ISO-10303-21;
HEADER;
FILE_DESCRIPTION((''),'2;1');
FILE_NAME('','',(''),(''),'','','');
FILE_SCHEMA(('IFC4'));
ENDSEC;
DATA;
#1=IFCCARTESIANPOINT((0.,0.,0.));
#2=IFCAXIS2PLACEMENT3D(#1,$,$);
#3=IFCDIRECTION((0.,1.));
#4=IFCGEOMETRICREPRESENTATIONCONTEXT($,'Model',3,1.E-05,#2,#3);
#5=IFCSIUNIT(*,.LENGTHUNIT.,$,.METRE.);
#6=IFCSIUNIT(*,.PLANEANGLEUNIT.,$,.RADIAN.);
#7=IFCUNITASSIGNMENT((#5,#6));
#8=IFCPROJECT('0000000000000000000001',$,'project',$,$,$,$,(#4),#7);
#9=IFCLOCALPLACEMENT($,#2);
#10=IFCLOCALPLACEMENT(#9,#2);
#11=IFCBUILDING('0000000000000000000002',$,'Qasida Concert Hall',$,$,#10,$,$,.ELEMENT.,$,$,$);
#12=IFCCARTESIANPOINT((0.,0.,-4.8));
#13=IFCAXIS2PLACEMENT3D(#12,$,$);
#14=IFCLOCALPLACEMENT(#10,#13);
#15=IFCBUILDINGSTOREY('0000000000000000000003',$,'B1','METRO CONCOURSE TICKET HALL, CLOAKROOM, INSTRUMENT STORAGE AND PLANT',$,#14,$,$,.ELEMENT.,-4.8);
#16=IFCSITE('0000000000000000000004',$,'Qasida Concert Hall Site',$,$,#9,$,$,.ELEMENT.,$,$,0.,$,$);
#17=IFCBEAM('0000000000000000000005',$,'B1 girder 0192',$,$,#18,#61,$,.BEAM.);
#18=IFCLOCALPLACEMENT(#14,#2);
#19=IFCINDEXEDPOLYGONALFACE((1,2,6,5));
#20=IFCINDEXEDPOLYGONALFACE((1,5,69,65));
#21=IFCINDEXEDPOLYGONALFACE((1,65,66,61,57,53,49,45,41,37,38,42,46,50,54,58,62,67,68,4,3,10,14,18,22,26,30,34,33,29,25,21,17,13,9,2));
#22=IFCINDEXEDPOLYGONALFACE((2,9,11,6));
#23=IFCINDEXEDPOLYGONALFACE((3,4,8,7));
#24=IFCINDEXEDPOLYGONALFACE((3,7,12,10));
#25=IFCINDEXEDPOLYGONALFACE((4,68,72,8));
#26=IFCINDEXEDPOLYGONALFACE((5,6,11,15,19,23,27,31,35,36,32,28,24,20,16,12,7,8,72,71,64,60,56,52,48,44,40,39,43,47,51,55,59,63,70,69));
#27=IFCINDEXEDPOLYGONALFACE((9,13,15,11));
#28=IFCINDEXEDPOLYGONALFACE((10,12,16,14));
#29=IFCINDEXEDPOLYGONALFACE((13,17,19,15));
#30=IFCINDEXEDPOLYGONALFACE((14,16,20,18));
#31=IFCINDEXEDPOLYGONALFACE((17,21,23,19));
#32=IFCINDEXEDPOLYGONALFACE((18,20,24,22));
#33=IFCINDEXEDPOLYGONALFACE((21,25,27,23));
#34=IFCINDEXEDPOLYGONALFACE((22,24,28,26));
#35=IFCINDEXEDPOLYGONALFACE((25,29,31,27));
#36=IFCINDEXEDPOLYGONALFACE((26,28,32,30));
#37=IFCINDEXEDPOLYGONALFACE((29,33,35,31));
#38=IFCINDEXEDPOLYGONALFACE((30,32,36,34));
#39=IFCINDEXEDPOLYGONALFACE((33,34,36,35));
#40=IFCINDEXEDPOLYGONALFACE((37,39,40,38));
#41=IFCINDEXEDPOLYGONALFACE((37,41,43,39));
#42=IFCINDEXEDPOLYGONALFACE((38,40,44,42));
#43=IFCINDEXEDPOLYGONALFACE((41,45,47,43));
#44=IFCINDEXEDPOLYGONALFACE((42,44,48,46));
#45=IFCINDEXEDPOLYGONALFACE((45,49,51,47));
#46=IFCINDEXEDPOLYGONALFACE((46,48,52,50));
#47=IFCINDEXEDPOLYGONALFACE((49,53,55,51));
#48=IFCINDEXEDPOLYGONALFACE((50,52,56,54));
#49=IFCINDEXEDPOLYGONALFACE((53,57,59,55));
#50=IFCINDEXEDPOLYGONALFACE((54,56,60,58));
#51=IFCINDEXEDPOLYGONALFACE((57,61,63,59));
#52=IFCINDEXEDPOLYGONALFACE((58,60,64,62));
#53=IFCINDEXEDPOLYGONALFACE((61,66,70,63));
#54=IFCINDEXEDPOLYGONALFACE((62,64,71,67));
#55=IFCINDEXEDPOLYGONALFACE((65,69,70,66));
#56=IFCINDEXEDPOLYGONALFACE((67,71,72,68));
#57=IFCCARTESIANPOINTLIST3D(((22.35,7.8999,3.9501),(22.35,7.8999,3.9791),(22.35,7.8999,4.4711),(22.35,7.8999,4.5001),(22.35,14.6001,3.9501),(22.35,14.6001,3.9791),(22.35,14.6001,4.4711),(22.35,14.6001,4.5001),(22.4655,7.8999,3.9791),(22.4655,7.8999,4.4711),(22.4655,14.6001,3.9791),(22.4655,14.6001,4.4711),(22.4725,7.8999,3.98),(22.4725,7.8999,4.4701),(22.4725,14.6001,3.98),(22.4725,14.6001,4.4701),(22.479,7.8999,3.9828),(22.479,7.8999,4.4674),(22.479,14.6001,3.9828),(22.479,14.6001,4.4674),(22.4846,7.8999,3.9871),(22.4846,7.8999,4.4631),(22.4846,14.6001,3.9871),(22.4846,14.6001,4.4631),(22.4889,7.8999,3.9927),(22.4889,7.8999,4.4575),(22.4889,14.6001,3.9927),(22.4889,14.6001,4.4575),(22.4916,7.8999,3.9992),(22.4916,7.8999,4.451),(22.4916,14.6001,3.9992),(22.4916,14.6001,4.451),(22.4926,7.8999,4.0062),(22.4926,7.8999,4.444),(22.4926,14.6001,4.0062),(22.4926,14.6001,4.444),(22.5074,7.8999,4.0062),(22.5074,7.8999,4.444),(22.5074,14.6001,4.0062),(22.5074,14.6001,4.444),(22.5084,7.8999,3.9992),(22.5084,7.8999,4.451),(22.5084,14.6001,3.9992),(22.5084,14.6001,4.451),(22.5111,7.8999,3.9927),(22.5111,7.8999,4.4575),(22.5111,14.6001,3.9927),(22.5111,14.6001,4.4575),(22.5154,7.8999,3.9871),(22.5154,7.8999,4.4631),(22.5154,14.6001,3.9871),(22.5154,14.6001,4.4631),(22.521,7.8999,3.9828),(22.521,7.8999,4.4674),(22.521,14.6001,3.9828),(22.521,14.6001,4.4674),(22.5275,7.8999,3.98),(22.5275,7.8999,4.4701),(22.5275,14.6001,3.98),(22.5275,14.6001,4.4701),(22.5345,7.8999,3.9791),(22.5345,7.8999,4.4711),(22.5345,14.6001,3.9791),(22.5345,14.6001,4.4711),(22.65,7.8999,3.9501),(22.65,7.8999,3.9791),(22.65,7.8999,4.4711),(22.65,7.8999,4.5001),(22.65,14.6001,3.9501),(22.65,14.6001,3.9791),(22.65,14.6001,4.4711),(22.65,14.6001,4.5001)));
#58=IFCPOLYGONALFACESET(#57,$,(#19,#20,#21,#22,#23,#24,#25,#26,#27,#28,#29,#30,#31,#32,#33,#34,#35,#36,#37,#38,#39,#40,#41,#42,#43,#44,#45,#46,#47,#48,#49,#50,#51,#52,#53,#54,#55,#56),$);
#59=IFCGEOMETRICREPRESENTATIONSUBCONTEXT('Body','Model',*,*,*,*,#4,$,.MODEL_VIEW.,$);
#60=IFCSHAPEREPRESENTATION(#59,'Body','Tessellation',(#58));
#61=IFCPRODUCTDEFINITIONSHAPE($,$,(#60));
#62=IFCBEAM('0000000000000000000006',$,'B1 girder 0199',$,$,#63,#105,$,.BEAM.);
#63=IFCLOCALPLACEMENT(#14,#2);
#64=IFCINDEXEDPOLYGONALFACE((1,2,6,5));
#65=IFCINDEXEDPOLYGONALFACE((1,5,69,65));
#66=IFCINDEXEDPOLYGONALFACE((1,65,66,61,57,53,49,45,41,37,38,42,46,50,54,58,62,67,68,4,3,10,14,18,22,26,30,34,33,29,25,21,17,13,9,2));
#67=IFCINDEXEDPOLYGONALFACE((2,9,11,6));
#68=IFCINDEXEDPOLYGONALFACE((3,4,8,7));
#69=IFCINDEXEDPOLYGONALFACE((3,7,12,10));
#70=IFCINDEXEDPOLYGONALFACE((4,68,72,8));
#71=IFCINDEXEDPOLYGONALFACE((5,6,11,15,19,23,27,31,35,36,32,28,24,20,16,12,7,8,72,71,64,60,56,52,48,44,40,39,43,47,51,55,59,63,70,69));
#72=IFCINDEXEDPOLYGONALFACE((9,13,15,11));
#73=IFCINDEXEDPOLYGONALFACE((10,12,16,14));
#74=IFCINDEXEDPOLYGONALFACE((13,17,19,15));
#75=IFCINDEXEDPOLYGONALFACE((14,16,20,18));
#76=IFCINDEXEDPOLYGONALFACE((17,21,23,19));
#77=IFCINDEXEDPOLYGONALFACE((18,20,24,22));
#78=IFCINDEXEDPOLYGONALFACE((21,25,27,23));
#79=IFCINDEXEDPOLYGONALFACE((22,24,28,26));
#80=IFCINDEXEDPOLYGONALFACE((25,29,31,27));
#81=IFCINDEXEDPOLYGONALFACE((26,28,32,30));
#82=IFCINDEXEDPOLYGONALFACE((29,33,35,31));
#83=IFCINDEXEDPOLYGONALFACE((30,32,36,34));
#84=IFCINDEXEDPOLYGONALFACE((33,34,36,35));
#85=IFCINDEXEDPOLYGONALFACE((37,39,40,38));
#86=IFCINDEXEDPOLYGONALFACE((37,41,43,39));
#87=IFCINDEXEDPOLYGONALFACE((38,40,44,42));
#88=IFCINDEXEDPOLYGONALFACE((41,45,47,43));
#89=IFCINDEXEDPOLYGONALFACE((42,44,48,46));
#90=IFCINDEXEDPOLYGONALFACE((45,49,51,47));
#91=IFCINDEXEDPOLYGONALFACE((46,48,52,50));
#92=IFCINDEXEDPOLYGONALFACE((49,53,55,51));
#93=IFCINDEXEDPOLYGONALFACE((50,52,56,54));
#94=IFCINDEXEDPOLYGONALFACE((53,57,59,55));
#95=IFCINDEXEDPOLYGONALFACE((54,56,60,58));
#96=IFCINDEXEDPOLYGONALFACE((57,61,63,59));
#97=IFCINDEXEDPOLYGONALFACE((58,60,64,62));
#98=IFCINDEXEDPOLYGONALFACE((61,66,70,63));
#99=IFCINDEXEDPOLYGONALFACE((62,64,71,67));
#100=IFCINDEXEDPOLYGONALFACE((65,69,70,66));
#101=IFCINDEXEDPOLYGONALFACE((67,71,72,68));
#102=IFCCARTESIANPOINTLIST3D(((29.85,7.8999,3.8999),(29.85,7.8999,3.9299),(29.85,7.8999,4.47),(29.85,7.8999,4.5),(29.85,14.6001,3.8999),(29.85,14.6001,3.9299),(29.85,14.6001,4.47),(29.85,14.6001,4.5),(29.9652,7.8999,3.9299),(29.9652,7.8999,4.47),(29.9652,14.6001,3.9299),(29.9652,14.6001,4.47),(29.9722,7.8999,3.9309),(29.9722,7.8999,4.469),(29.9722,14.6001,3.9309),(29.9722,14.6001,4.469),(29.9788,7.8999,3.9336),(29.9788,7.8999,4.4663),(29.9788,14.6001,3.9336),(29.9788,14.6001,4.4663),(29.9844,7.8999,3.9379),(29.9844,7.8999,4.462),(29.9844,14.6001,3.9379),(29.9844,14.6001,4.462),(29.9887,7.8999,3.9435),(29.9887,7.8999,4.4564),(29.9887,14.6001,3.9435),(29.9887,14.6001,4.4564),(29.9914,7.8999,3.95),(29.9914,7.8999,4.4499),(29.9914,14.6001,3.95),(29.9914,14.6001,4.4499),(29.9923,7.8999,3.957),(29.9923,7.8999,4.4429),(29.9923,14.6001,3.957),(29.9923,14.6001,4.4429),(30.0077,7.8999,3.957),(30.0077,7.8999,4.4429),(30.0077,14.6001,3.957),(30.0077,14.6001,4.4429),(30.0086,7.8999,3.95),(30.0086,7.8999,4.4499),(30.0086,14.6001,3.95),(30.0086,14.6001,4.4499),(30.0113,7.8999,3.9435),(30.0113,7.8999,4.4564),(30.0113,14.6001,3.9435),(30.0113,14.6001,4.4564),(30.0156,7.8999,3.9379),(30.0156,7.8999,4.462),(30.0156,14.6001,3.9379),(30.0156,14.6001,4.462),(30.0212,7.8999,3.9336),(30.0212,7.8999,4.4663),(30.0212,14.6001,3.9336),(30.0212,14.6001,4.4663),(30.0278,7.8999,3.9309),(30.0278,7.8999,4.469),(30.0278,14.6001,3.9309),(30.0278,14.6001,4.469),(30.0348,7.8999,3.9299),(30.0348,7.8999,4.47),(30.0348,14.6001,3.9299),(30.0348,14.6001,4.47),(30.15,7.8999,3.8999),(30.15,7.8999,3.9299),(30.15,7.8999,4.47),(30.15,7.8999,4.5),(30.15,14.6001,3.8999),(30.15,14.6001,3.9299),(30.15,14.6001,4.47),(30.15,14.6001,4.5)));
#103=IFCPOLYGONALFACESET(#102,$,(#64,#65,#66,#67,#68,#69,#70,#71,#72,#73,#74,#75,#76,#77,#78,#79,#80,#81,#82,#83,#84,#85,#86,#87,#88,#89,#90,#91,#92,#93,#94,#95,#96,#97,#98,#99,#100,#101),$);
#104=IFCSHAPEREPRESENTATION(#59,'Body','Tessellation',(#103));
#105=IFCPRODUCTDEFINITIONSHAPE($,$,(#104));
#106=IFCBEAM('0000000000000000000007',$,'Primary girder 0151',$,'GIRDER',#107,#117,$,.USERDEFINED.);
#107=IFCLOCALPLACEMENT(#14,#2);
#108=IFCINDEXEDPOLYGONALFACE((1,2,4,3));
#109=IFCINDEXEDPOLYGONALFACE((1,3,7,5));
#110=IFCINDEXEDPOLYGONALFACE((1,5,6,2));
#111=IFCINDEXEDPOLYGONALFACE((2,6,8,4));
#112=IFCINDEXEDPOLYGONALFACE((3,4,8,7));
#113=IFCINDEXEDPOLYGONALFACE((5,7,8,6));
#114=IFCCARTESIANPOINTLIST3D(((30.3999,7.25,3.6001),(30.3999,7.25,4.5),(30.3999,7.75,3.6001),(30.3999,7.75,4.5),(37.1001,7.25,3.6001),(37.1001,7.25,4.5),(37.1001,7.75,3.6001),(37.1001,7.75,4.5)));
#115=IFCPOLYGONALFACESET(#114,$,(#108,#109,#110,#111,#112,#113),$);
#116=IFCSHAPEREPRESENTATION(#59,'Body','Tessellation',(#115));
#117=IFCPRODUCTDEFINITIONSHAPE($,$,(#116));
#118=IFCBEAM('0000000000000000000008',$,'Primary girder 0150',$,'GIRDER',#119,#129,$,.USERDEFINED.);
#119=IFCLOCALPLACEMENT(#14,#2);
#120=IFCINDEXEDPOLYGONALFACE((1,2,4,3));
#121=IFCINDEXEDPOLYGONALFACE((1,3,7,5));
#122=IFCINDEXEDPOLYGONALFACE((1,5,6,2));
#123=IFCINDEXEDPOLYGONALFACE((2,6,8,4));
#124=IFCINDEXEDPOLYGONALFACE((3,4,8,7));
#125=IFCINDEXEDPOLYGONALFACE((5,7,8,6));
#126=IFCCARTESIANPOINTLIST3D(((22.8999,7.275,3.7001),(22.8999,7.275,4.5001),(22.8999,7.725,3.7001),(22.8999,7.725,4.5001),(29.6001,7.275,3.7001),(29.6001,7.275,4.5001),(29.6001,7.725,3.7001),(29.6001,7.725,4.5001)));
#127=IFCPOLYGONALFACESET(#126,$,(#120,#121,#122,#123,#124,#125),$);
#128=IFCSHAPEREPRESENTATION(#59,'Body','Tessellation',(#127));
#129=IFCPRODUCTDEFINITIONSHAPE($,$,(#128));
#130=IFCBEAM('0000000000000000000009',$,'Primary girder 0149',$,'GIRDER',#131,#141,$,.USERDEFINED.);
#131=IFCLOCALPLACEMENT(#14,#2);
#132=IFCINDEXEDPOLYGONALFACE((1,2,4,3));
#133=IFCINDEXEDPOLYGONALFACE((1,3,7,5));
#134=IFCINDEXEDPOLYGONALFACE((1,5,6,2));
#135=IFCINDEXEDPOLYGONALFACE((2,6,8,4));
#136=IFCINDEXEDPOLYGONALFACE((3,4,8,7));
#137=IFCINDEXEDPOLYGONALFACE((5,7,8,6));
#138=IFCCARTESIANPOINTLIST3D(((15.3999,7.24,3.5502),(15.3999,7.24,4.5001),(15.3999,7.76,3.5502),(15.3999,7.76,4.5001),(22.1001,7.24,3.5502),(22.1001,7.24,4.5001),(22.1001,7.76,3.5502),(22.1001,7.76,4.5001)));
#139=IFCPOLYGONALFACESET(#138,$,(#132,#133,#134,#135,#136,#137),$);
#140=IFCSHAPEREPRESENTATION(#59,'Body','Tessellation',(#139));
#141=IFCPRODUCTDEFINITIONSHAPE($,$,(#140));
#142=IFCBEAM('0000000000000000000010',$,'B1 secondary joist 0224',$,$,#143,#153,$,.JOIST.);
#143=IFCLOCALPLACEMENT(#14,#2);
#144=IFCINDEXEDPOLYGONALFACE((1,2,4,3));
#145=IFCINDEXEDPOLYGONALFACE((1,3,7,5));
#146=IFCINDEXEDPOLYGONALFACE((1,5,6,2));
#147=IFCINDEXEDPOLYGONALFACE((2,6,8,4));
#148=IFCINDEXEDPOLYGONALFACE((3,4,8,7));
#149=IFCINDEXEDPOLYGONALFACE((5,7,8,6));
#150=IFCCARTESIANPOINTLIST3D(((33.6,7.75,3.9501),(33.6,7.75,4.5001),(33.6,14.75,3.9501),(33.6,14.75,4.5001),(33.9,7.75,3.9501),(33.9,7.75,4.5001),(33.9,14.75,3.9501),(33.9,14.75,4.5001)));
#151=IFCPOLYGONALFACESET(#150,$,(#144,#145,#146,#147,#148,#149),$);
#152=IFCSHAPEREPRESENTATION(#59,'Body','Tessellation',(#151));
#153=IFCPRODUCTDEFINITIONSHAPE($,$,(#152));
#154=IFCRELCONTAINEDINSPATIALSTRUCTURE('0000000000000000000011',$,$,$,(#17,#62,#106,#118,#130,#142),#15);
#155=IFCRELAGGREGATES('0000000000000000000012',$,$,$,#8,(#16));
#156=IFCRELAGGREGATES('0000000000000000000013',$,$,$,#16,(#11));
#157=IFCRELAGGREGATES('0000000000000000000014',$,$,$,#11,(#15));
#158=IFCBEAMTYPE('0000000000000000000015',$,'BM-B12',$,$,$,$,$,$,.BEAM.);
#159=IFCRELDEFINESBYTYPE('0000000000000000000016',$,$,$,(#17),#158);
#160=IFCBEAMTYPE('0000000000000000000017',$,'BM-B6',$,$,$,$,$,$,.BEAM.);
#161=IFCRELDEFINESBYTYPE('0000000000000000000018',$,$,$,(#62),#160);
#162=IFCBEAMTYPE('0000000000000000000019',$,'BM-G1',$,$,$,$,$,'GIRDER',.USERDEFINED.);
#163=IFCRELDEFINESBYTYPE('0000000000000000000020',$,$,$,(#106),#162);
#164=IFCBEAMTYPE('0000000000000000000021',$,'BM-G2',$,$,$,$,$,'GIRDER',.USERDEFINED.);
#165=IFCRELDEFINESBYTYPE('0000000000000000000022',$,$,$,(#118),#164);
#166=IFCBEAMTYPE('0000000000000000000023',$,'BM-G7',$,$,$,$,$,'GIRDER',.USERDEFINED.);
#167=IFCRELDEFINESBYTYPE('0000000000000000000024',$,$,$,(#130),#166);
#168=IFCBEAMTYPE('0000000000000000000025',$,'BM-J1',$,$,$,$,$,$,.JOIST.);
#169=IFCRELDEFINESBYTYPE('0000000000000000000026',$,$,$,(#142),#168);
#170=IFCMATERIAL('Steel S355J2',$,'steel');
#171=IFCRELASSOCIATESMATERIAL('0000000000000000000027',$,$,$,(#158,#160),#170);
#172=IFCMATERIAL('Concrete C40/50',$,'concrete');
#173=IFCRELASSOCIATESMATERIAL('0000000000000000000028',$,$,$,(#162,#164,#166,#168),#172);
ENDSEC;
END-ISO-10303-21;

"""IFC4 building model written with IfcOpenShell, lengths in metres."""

from ifc_helpers import new_model, si_unit, direction, frame, origin, origin_2d, place, context, subcontext, project, spatial, rectangle, i_section, extrude, material, material_profile, profile_set, type_object, element, save


model = new_model("IFC4")

# Units and contexts
model_context = context("Model", 3, precision=1e-05, world=origin(), true_north=direction((0.0, 1.0)))
body_context = subcontext(model_context, "Body", "Model", "MODEL_VIEW")
ifc_project = project(units=[si_unit("LENGTHUNIT", "METRE"), si_unit("PLANEANGLEUNIT", "RADIAN")], contexts=[model_context])

# Site, building, storey
site_placement = place(None, origin())
site = spatial("IfcSite", under=ifc_project, at=site_placement, Name="Qasida Concert Hall Site", CompositionType="ELEMENT", RefElevation=0.0)
building_placement = place(site_placement, origin())
building = spatial("IfcBuilding", under=site, at=building_placement, Name="Qasida Concert Hall", CompositionType="ELEMENT")
storey_placement = place(building_placement, frame((0.0, 0.0, -4.8)))
storey = spatial("IfcBuildingStorey", under=building, at=storey_placement, Name="B1", Description="METRO CONCOURSE TICKET HALL, CLOAKROOM, INSTRUMENT STORAGE AND PLANT", CompositionType="ELEMENT", Elevation=-4.8)

# Shared definitions
ifc_material_1 = material(Name="Concrete C40/50", Category="concrete")

# Beams
ifc_material_2 = material(Name="Steel S355J2", Category="steel")
ifc_material_profile_1 = material_profile(ifc_material_2, i_section(OverallWidth=0.3, OverallDepth=0.55, WebThickness=0.0149, FlangeThickness=0.0291, FilletRadius=0.0271, at=origin_2d()), Name="HEB 550")
ifc_profile_set_1 = profile_set([ifc_material_profile_1], Name="Steel S355J2")
beam_type_1 = type_object("IfcBeamType", Name="BM-B12", PredefinedType="BEAM", material=ifc_profile_set_1)
beam_1_placement = place(storey_placement, frame((22.5, 7.8999, 4.2251), z_axis=(0.0, 1.0, 0.0), x_axis=(-1.0, 0.0, 0.0)))
element("IfcBeam", 1, at=beam_1_placement, inside=storey, type_object=beam_type_1, Name="B1 girder 0192", PredefinedType="BEAM", context=body_context, shape_type="SweptSolid", body=[
    extrude(i_section(OverallWidth=0.3, OverallDepth=0.55, WebThickness=0.0149, FlangeThickness=0.0291, FilletRadius=0.0271, at=origin_2d()), origin(), (0.0, 0.0, 1.0), 6.7002),
])
ifc_material_profile_2 = material_profile(ifc_material_2, i_section(OverallWidth=0.3, OverallDepth=0.6001, WebThickness=0.0154, FlangeThickness=0.03, FilletRadius=0.0271, at=origin_2d()), Name="HEB 600")
ifc_profile_set_2 = profile_set([ifc_material_profile_2], Name="Steel S355J2")
beam_type_2 = type_object("IfcBeamType", Name="BM-B6", PredefinedType="BEAM", material=ifc_profile_set_2)
beam_2_placement = place(storey_placement, frame((30.0, 7.8999, 4.2), z_axis=(0.0, 1.0, 0.0), x_axis=(-1.0, 0.0, 0.0)))
element("IfcBeam", 2, at=beam_2_placement, inside=storey, type_object=beam_type_2, Name="B1 girder 0199", PredefinedType="BEAM", context=body_context, shape_type="SweptSolid", body=[
    extrude(i_section(OverallWidth=0.3, OverallDepth=0.6001, WebThickness=0.0154, FlangeThickness=0.03, FilletRadius=0.0271, at=origin_2d()), origin(), (0.0, 0.0, 1.0), 6.7002),
])
ifc_material_profile_3 = material_profile(ifc_material_1, rectangle(XDim=0.5, YDim=0.8999, at=origin_2d()), Name="RC 500x900")
ifc_profile_set_3 = profile_set([ifc_material_profile_3], Name="Concrete C40/50")
beam_type_3 = type_object("IfcBeamType", Name="BM-G1", ElementType="GIRDER", PredefinedType="USERDEFINED", material=ifc_profile_set_3)
beam_3_placement = place(storey_placement, frame((30.3999, 7.5, 4.05), z_axis=(1.0, 0.0, 0.0), x_axis=(0.0, 1.0, 0.0)))
element("IfcBeam", 3, at=beam_3_placement, inside=storey, type_object=beam_type_3, Name="Primary girder 0151", ObjectType="GIRDER", PredefinedType="USERDEFINED", context=body_context, shape_type="SweptSolid", body=[
    extrude(rectangle(XDim=0.5, YDim=0.8999, at=origin_2d()), origin(), (0.0, 0.0, 1.0), 6.7002),
])
ifc_material_profile_4 = material_profile(ifc_material_1, rectangle(XDim=0.45, YDim=0.8, at=origin_2d()), Name="RC 450x800")
ifc_profile_set_4 = profile_set([ifc_material_profile_4], Name="Concrete C40/50")
beam_type_4 = type_object("IfcBeamType", Name="BM-G2", ElementType="GIRDER", PredefinedType="USERDEFINED", material=ifc_profile_set_4)
beam_4_placement = place(storey_placement, frame((22.8999, 7.5, 4.1001), z_axis=(1.0, 0.0, 0.0), x_axis=(0.0, 1.0, 0.0)))
element("IfcBeam", 4, at=beam_4_placement, inside=storey, type_object=beam_type_4, Name="Primary girder 0150", ObjectType="GIRDER", PredefinedType="USERDEFINED", context=body_context, shape_type="SweptSolid", body=[
    extrude(rectangle(XDim=0.45, YDim=0.8, at=origin_2d()), origin(), (0.0, 0.0, 1.0), 6.7002),
])
ifc_material_profile_5 = material_profile(ifc_material_1, rectangle(XDim=0.52, YDim=0.95, at=origin_2d()), Name="RC 520x950")
ifc_profile_set_5 = profile_set([ifc_material_profile_5], Name="Concrete C40/50")
beam_type_5 = type_object("IfcBeamType", Name="BM-G7", ElementType="GIRDER", PredefinedType="USERDEFINED", material=ifc_profile_set_5)
beam_5_placement = place(storey_placement, frame((15.3999, 7.5, 4.0251), z_axis=(1.0, 0.0, 0.0), x_axis=(0.0, 1.0, 0.0)))
element("IfcBeam", 5, at=beam_5_placement, inside=storey, type_object=beam_type_5, Name="Primary girder 0149", ObjectType="GIRDER", PredefinedType="USERDEFINED", context=body_context, shape_type="SweptSolid", body=[
    extrude(rectangle(XDim=0.52, YDim=0.95, at=origin_2d()), origin(), (0.0, 0.0, 1.0), 6.7002),
])
ifc_material_profile_6 = material_profile(ifc_material_1, rectangle(XDim=0.3, YDim=0.55, at=origin_2d()), Name="RC 300x550")
ifc_profile_set_6 = profile_set([ifc_material_profile_6], Name="Concrete C40/50")
beam_type_6 = type_object("IfcBeamType", Name="BM-J1", PredefinedType="JOIST", material=ifc_profile_set_6)
beam_6_placement = place(storey_placement, frame((33.75, 7.75, 4.2251), z_axis=(0.0, 1.0, 0.0), x_axis=(-1.0, 0.0, 0.0)))
element("IfcBeam", 6, at=beam_6_placement, inside=storey, type_object=beam_type_6, Name="B1 secondary joist 0224", PredefinedType="JOIST", context=body_context, shape_type="SweptSolid", body=[
    extrude(rectangle(XDim=0.3, YDim=0.55, at=origin_2d()), origin(), (0.0, 0.0, 1.0), 7.0),
])

save(model, "model.ifc")
